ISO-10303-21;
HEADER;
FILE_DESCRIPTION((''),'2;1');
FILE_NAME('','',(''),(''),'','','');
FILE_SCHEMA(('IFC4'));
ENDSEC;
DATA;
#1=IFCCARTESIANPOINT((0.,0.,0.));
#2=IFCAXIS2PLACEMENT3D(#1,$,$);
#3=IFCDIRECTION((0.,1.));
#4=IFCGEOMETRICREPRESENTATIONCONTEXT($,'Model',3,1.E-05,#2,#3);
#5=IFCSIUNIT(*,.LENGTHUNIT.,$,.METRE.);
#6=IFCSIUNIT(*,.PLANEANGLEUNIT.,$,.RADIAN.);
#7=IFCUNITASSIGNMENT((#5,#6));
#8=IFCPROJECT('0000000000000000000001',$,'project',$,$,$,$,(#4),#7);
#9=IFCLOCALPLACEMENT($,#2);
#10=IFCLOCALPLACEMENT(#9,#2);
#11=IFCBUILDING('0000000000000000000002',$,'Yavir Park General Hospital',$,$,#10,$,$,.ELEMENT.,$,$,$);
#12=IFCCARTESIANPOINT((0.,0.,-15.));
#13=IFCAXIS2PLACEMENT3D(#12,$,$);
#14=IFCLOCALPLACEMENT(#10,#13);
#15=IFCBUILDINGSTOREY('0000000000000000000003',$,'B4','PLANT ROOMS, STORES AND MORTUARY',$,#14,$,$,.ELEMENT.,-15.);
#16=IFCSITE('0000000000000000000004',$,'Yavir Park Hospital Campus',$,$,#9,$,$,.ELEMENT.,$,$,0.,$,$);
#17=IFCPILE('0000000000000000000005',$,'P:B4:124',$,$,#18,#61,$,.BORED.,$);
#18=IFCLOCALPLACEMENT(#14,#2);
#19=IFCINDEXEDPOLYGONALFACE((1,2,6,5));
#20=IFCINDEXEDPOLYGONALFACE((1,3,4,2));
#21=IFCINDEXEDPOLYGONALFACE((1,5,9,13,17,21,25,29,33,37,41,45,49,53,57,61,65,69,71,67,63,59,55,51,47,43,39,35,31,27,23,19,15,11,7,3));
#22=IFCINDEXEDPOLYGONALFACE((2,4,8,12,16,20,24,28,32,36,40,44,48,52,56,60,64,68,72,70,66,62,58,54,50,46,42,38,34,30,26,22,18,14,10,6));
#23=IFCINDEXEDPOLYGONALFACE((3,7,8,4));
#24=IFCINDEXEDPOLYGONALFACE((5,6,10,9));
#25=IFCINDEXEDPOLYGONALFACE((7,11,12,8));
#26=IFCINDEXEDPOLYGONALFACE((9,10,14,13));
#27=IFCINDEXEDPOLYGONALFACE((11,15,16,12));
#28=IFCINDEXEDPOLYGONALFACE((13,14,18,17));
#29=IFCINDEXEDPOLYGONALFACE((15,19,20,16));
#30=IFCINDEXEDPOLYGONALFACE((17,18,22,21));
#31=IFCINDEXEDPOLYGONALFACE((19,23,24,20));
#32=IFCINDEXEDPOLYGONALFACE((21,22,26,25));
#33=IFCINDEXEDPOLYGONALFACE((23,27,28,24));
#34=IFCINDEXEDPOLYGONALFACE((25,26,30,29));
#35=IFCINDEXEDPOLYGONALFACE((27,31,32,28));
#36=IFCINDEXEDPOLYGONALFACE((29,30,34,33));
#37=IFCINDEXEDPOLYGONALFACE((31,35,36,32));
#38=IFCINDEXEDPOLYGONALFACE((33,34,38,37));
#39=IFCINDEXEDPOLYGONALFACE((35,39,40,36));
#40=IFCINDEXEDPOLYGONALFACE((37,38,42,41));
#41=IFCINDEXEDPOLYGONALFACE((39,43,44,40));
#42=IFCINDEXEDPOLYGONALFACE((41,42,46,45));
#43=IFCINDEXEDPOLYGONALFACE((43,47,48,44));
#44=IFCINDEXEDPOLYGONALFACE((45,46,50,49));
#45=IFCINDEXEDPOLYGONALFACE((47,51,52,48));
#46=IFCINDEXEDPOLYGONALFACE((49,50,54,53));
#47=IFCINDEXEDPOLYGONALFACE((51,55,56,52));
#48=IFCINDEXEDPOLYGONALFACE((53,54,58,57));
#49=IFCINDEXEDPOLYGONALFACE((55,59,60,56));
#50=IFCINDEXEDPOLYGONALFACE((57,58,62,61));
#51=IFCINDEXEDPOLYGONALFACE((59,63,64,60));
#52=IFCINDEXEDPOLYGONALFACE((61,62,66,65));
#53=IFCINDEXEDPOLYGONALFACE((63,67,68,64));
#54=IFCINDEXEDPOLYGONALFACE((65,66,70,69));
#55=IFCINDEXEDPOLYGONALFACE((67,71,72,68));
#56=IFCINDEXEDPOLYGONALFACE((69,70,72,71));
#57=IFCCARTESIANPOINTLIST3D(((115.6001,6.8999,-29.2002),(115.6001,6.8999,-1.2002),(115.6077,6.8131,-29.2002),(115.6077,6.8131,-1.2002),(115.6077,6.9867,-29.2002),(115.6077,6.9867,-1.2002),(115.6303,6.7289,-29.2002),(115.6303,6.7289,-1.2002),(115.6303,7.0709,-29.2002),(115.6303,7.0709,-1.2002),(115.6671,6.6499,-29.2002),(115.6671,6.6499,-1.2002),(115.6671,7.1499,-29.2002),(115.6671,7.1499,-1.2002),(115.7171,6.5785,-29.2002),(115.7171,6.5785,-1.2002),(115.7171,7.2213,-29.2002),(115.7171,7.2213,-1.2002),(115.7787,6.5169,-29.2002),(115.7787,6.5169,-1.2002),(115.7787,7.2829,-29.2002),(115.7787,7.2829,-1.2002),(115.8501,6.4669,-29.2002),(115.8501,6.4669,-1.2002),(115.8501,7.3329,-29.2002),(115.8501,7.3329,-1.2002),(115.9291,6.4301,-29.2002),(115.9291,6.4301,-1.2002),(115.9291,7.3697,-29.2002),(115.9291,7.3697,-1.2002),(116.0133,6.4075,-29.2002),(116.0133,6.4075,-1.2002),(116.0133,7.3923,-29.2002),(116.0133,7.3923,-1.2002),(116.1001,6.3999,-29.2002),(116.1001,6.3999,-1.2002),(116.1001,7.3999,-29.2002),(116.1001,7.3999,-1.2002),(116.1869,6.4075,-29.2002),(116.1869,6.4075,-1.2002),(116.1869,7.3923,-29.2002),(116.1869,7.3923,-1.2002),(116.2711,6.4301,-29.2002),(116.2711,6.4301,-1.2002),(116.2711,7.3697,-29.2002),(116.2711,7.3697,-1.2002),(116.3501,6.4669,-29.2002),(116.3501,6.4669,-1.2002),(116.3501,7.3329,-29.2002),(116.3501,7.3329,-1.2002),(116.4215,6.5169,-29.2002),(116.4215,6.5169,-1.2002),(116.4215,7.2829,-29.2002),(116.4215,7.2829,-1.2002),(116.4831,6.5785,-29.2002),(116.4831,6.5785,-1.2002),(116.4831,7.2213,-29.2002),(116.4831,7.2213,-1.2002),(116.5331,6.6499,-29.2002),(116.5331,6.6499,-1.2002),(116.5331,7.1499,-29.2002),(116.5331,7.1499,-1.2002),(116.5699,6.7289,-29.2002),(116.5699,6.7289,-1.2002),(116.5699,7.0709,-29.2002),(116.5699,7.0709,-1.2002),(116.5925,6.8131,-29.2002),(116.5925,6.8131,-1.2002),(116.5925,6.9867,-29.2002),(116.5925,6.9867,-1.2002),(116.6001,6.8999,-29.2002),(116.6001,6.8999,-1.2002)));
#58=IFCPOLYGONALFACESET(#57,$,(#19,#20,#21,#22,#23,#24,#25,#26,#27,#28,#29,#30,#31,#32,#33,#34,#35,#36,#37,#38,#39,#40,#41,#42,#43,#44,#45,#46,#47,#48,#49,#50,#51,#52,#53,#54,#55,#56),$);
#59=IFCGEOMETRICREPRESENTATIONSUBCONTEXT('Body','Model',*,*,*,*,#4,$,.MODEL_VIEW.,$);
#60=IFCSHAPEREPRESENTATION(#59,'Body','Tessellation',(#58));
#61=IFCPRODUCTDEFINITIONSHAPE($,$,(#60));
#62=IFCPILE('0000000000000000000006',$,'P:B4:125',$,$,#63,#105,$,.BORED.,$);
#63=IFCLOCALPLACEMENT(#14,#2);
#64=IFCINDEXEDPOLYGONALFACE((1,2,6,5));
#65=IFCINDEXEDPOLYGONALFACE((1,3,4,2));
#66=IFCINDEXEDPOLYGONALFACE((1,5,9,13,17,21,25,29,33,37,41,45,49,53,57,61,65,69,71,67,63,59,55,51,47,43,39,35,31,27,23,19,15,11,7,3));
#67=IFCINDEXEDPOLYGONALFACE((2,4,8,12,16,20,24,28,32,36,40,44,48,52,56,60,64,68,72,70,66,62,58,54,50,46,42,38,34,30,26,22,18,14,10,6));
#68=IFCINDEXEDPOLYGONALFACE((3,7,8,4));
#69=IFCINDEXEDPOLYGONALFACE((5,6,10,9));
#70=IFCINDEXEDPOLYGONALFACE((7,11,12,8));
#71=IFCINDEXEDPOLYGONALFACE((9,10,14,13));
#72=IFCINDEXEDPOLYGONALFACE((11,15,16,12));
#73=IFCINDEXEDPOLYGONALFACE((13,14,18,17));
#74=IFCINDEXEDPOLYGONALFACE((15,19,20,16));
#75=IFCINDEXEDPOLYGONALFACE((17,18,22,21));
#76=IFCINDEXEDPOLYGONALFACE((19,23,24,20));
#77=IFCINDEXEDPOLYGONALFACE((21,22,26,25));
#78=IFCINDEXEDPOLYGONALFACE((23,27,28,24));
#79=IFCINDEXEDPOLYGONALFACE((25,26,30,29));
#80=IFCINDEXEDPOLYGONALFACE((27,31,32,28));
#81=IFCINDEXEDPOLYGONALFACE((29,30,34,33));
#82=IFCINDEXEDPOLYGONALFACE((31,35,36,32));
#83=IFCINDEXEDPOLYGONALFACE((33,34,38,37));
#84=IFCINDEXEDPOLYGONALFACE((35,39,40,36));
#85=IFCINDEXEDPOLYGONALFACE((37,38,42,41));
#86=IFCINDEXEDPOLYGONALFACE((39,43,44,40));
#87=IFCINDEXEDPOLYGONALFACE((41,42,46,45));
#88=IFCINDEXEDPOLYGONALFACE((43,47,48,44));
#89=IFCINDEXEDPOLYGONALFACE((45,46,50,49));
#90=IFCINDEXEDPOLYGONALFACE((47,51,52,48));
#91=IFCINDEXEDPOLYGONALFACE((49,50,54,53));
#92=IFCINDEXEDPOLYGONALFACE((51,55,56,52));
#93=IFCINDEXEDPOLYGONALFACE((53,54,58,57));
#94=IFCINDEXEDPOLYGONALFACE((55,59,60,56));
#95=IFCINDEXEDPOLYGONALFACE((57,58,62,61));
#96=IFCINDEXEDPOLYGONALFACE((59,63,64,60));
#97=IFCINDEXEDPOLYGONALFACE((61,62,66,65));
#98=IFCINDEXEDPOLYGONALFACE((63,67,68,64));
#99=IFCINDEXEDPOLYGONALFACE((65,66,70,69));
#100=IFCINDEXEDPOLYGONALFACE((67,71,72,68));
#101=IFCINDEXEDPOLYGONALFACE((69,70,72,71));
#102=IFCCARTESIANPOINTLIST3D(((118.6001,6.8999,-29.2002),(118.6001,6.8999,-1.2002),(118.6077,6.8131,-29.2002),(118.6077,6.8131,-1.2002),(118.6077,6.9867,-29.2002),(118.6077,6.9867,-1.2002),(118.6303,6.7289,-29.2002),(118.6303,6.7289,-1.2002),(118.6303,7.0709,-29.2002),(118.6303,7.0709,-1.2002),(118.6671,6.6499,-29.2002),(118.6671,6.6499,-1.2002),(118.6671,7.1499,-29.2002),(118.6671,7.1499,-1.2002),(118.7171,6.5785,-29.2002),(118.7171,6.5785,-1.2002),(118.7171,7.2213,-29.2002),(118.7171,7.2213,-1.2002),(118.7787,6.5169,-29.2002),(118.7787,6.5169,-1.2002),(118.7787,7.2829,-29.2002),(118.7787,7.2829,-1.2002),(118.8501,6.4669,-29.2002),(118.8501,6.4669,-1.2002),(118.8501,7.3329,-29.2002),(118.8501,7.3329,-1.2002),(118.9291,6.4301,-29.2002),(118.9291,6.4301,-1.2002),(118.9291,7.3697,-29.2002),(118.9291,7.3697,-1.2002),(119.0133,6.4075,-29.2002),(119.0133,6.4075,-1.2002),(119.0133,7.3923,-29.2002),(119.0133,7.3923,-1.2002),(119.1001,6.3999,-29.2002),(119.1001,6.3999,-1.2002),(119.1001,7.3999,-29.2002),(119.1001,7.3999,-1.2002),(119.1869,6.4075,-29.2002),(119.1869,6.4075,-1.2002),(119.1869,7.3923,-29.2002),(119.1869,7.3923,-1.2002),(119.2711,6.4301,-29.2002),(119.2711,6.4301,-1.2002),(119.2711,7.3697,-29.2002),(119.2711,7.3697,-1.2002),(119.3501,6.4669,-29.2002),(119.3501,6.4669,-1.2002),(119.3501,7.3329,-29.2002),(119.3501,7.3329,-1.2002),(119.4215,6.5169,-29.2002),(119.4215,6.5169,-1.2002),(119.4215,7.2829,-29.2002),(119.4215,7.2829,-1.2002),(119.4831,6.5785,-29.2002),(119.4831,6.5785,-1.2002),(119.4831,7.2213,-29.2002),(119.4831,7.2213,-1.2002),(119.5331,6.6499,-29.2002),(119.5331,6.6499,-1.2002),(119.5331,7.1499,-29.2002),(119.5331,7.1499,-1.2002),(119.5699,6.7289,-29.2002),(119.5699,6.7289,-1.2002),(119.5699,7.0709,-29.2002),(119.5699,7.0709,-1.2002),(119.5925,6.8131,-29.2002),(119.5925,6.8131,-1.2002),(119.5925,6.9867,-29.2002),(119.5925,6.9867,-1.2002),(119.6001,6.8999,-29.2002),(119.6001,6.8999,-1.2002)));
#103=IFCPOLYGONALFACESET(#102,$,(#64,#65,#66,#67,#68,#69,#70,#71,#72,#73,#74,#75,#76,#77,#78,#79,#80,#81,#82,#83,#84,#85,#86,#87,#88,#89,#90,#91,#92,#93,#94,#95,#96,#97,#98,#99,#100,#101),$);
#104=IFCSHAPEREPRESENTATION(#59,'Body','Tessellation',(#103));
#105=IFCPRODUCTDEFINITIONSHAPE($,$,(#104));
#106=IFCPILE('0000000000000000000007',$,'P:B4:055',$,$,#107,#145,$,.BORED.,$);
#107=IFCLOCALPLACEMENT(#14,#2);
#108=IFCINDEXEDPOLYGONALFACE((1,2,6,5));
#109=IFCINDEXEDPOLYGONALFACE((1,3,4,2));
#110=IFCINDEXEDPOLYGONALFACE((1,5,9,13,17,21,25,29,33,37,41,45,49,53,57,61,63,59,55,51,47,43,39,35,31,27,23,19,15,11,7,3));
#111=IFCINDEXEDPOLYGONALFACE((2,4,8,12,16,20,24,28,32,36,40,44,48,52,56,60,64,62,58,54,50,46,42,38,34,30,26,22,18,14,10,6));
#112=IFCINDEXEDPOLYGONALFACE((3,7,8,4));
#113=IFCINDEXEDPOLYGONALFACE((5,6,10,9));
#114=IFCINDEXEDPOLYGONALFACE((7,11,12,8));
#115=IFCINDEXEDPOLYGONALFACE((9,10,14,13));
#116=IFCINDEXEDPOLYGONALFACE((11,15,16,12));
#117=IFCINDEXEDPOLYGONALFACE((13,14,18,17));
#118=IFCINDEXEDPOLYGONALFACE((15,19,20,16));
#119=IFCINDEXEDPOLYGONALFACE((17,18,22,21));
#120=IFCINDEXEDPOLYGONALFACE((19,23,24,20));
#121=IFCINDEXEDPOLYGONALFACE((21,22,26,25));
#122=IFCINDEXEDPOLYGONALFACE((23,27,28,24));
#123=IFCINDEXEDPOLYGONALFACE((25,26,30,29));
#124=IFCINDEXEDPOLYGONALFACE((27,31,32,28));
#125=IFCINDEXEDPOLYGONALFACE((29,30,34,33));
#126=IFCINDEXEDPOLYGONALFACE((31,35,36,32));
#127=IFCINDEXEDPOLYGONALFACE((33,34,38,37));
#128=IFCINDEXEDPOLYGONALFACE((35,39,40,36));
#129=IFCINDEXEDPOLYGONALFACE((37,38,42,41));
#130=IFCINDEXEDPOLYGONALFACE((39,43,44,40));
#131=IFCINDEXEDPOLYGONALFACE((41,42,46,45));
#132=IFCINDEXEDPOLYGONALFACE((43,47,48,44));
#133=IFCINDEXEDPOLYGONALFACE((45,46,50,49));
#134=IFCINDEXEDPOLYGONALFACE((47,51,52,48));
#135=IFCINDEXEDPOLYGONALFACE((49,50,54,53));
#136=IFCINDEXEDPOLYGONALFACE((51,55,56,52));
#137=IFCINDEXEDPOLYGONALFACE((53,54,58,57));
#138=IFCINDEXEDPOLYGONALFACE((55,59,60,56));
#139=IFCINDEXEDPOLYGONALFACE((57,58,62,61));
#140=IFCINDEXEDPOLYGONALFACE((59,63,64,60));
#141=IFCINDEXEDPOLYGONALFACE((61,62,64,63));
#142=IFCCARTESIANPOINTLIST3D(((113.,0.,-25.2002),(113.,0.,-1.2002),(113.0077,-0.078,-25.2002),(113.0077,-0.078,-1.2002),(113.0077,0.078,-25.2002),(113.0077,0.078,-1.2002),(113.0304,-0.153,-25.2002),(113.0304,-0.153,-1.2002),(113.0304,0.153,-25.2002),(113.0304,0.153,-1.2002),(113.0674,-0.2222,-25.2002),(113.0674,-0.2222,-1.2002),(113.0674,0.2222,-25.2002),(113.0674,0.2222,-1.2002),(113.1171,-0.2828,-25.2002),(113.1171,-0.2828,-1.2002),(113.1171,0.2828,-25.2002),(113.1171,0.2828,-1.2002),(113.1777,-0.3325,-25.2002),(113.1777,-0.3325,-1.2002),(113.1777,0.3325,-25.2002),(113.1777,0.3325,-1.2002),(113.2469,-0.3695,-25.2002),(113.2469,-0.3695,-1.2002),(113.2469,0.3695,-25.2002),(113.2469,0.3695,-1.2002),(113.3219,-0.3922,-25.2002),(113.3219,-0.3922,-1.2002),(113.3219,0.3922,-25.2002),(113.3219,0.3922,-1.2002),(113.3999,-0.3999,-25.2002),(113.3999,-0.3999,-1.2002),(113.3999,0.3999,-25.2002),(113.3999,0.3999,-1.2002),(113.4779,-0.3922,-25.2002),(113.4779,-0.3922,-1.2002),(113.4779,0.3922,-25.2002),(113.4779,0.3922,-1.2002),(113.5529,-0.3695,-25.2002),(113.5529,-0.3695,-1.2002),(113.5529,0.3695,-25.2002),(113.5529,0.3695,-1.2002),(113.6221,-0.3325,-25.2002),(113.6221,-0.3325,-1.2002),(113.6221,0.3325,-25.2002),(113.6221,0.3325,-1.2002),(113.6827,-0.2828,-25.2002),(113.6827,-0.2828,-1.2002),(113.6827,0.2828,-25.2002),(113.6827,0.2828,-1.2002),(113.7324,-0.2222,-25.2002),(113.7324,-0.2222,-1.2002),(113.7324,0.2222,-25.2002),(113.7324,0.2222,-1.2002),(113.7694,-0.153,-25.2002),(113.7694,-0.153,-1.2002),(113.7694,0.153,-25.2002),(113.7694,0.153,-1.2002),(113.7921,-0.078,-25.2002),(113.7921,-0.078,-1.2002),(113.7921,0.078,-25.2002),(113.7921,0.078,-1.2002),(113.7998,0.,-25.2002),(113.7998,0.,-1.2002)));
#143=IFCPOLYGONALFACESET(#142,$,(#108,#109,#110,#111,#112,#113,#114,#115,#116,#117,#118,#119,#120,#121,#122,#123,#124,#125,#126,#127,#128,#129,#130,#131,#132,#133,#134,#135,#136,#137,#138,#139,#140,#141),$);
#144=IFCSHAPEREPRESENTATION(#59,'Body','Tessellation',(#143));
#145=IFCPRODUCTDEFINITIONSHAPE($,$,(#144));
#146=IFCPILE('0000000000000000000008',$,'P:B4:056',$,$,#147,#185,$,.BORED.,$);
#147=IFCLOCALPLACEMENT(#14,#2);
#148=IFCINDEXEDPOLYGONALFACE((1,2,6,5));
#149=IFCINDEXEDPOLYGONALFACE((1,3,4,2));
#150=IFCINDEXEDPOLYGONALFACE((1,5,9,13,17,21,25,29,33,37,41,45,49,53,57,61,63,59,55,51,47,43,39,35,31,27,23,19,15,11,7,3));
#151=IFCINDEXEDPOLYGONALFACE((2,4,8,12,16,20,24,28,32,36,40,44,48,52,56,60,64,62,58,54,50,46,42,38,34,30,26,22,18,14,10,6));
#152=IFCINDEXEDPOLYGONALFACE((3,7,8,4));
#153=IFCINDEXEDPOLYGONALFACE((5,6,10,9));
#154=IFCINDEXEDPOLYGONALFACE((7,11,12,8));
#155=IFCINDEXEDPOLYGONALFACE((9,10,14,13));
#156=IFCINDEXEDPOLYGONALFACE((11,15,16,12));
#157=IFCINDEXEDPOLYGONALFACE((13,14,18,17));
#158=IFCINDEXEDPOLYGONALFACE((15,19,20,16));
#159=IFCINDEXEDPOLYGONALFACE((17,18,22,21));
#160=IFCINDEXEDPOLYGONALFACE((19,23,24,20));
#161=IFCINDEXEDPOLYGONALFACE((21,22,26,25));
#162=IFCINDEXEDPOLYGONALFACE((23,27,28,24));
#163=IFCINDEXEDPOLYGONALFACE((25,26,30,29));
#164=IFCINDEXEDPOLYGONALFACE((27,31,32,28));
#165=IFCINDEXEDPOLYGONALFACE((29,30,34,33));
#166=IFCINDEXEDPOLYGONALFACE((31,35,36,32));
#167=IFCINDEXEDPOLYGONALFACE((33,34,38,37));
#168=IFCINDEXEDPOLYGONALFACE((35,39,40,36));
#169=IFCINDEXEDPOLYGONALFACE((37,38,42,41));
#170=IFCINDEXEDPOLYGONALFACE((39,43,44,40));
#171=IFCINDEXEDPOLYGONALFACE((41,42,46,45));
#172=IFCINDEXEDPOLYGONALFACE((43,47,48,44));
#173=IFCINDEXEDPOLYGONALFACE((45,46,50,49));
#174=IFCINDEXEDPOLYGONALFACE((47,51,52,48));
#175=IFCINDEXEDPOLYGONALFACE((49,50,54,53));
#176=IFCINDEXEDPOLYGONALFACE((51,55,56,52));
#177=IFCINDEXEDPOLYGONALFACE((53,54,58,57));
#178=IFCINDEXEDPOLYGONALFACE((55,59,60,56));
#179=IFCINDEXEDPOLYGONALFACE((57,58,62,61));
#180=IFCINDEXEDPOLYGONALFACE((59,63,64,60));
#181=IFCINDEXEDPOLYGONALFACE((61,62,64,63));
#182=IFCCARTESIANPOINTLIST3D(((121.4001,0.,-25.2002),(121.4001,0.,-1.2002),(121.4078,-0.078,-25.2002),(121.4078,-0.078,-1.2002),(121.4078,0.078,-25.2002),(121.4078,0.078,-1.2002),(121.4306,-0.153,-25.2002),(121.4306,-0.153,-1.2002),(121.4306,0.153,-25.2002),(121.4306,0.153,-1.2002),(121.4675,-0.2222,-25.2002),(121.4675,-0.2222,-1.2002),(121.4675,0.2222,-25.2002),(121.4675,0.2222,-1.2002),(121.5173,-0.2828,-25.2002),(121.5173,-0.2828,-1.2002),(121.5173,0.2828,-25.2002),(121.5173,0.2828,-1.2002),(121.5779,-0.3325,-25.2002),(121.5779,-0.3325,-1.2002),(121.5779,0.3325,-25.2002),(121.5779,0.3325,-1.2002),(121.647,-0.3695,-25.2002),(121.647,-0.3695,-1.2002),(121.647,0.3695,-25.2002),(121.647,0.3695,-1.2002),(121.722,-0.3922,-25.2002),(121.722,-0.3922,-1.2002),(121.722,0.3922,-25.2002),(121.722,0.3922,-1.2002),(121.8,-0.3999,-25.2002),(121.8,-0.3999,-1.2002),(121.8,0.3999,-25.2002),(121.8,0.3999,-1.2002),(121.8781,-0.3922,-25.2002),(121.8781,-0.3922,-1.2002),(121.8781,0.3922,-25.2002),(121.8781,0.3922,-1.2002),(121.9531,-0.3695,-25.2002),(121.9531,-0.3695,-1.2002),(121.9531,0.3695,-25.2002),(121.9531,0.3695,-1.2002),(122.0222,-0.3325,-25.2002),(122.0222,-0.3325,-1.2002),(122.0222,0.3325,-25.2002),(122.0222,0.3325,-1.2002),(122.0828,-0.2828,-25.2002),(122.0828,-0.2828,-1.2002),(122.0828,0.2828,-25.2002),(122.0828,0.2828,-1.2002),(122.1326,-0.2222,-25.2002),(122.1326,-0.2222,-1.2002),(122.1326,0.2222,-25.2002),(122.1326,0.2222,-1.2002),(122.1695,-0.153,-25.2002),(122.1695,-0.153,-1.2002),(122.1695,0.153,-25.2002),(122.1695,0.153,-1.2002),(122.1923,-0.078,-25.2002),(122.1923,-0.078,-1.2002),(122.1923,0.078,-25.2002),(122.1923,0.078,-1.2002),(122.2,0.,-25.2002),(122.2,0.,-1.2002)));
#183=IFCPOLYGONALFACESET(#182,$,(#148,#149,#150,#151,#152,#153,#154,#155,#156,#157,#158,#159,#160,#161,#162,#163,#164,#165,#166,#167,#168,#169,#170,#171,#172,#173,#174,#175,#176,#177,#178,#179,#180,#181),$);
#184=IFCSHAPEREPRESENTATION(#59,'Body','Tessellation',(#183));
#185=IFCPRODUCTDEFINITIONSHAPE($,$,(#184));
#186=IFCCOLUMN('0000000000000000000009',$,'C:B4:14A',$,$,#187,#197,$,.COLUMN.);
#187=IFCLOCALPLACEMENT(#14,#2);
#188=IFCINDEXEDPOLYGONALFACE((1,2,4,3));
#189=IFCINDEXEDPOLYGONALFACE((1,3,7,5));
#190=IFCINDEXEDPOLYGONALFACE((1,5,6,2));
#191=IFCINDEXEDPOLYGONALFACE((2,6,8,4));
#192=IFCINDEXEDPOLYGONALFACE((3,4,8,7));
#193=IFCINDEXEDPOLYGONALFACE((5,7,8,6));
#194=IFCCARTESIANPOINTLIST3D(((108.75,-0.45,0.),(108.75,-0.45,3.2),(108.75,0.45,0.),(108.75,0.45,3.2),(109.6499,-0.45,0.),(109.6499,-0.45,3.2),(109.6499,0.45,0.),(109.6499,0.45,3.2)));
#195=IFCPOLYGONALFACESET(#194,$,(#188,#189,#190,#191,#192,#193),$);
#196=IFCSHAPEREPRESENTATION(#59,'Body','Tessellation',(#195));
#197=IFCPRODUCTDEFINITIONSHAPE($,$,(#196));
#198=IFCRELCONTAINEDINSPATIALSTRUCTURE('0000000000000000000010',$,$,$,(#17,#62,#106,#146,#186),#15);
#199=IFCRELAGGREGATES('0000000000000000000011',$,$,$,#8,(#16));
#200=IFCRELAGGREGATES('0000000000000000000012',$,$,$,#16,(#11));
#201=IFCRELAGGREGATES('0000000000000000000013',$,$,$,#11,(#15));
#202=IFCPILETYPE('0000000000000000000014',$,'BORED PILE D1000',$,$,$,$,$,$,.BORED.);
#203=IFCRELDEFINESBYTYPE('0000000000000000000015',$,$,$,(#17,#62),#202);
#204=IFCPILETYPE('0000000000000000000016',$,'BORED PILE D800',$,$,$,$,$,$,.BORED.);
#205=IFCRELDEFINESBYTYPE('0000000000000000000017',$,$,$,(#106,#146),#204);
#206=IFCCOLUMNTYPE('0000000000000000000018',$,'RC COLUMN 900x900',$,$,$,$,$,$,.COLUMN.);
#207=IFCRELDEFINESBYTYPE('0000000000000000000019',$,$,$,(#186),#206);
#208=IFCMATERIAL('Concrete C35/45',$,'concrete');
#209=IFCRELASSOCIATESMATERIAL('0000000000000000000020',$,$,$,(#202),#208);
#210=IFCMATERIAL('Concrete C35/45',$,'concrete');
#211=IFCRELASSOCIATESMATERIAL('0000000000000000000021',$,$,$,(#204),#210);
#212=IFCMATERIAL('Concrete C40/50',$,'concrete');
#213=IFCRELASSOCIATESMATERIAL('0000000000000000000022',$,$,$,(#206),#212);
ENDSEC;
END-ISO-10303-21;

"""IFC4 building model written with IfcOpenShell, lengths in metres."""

from ifc_helpers import new_model, si_unit, direction, frame, origin, origin_2d, place, context, subcontext, project, spatial, rectangle, circle, extrude, material, material_profile, profile_set, type_object, element, save


model = new_model("IFC4")

# Units and contexts
model_context = context("Model", 3, precision=1e-05, world=origin(), true_north=direction((0.0, 1.0)))
body_context = subcontext(model_context, "Body", "Model", "MODEL_VIEW")
ifc_project = project(units=[si_unit("LENGTHUNIT", "METRE"), si_unit("PLANEANGLEUNIT", "RADIAN")], contexts=[model_context])

# Site, building, storey
site_placement = place(None, origin())
site = spatial("IfcSite", under=ifc_project, at=site_placement, Name="Yavir Park Hospital Campus", CompositionType="ELEMENT", RefElevation=0.0)
building_placement = place(site_placement, origin())
building = spatial("IfcBuilding", under=site, at=building_placement, Name="Yavir Park General Hospital", CompositionType="ELEMENT")
storey_placement = place(building_placement, frame((0.0, 0.0, -15.0)))
storey = spatial("IfcBuildingStorey", under=building, at=storey_placement, Name="B4", Description="PLANT ROOMS, STORES AND MORTUARY", CompositionType="ELEMENT", Elevation=-15.0)

# Piles
ifc_material_1 = material(Name="Concrete C35/45", Category="concrete")
ifc_material_profile_1 = material_profile(ifc_material_1, circle(Radius=0.5, at=origin_2d()), Name="D1000")
ifc_profile_set_1 = profile_set([ifc_material_profile_1], Name="Concrete C35/45")
pile_type_1 = type_object("IfcPileType", Name="BORED PILE D1000", PredefinedType="BORED", material=ifc_profile_set_1)
for number, where, z_axis, x_axis, name in (
    (1, (116.1001, 6.8999, -1.2002), (0.0, 0.0, -1.0), (1.0, 0.0, 0.0), "P:B4:124"),
    (2, (119.1001, 6.8999, -1.2002), (0.0, 0.0, -1.0), (1.0, 0.0, 0.0), "P:B4:125"),
):
    element("IfcPile", number, at=place(storey_placement, frame(where, z_axis=z_axis, x_axis=x_axis)), inside=storey, type_object=pile_type_1, Name=name, PredefinedType="BORED", context=body_context, shape_type="SweptSolid", body=[
        extrude(circle(Radius=0.5, at=origin_2d()), origin(), (0.0, 0.0, 1.0), 28.0),
    ])
ifc_material_2 = material(Name="Concrete C35/45", Category="concrete")
ifc_material_profile_2 = material_profile(ifc_material_2, circle(Radius=0.3999, at=origin_2d()), Name="D800")
ifc_profile_set_2 = profile_set([ifc_material_profile_2], Name="Concrete C35/45")
pile_type_2 = type_object("IfcPileType", Name="BORED PILE D800", PredefinedType="BORED", material=ifc_profile_set_2)
for number, where, z_axis, x_axis, name in (
    (3, (113.3999, 0.0, -1.2002), (0.0, 0.0, -1.0), (1.0, 0.0, 0.0), "P:B4:055"),
    (4, (121.8, 0.0, -1.2002), (0.0, 0.0, -1.0), (1.0, 0.0, 0.0), "P:B4:056"),
):
    element("IfcPile", number, at=place(storey_placement, frame(where, z_axis=z_axis, x_axis=x_axis)), inside=storey, type_object=pile_type_2, Name=name, PredefinedType="BORED", context=body_context, shape_type="SweptSolid", body=[
        extrude(circle(Radius=0.3999, at=origin_2d()), origin(), (0.0, 0.0, 1.0), 24.0),
    ])

# Column
ifc_material_3 = material(Name="Concrete C40/50", Category="concrete")
ifc_material_profile_3 = material_profile(ifc_material_3, rectangle(XDim=0.8999, YDim=0.8999, at=origin_2d()), Name="RC900x900")
ifc_profile_set_3 = profile_set([ifc_material_profile_3], Name="Concrete C40/50")
column_type = type_object("IfcColumnType", Name="RC COLUMN 900x900", PredefinedType="COLUMN", material=ifc_profile_set_3)
for number, where, z_axis, x_axis, name in (
    (5, (109.2, 0.0, 0.0), (0.0, 0.0, 1.0), (1.0, 0.0, 0.0), "C:B4:14A"),
):
    element("IfcColumn", number, at=place(storey_placement, frame(where, z_axis=z_axis, x_axis=x_axis)), inside=storey, type_object=column_type, Name=name, PredefinedType="COLUMN", context=body_context, shape_type="SweptSolid", body=[
        extrude(rectangle(XDim=0.8999, YDim=0.8999, at=origin_2d()), origin(), (0.0, 0.0, 1.0), 3.2),
    ])

save(model, "model.ifc")
